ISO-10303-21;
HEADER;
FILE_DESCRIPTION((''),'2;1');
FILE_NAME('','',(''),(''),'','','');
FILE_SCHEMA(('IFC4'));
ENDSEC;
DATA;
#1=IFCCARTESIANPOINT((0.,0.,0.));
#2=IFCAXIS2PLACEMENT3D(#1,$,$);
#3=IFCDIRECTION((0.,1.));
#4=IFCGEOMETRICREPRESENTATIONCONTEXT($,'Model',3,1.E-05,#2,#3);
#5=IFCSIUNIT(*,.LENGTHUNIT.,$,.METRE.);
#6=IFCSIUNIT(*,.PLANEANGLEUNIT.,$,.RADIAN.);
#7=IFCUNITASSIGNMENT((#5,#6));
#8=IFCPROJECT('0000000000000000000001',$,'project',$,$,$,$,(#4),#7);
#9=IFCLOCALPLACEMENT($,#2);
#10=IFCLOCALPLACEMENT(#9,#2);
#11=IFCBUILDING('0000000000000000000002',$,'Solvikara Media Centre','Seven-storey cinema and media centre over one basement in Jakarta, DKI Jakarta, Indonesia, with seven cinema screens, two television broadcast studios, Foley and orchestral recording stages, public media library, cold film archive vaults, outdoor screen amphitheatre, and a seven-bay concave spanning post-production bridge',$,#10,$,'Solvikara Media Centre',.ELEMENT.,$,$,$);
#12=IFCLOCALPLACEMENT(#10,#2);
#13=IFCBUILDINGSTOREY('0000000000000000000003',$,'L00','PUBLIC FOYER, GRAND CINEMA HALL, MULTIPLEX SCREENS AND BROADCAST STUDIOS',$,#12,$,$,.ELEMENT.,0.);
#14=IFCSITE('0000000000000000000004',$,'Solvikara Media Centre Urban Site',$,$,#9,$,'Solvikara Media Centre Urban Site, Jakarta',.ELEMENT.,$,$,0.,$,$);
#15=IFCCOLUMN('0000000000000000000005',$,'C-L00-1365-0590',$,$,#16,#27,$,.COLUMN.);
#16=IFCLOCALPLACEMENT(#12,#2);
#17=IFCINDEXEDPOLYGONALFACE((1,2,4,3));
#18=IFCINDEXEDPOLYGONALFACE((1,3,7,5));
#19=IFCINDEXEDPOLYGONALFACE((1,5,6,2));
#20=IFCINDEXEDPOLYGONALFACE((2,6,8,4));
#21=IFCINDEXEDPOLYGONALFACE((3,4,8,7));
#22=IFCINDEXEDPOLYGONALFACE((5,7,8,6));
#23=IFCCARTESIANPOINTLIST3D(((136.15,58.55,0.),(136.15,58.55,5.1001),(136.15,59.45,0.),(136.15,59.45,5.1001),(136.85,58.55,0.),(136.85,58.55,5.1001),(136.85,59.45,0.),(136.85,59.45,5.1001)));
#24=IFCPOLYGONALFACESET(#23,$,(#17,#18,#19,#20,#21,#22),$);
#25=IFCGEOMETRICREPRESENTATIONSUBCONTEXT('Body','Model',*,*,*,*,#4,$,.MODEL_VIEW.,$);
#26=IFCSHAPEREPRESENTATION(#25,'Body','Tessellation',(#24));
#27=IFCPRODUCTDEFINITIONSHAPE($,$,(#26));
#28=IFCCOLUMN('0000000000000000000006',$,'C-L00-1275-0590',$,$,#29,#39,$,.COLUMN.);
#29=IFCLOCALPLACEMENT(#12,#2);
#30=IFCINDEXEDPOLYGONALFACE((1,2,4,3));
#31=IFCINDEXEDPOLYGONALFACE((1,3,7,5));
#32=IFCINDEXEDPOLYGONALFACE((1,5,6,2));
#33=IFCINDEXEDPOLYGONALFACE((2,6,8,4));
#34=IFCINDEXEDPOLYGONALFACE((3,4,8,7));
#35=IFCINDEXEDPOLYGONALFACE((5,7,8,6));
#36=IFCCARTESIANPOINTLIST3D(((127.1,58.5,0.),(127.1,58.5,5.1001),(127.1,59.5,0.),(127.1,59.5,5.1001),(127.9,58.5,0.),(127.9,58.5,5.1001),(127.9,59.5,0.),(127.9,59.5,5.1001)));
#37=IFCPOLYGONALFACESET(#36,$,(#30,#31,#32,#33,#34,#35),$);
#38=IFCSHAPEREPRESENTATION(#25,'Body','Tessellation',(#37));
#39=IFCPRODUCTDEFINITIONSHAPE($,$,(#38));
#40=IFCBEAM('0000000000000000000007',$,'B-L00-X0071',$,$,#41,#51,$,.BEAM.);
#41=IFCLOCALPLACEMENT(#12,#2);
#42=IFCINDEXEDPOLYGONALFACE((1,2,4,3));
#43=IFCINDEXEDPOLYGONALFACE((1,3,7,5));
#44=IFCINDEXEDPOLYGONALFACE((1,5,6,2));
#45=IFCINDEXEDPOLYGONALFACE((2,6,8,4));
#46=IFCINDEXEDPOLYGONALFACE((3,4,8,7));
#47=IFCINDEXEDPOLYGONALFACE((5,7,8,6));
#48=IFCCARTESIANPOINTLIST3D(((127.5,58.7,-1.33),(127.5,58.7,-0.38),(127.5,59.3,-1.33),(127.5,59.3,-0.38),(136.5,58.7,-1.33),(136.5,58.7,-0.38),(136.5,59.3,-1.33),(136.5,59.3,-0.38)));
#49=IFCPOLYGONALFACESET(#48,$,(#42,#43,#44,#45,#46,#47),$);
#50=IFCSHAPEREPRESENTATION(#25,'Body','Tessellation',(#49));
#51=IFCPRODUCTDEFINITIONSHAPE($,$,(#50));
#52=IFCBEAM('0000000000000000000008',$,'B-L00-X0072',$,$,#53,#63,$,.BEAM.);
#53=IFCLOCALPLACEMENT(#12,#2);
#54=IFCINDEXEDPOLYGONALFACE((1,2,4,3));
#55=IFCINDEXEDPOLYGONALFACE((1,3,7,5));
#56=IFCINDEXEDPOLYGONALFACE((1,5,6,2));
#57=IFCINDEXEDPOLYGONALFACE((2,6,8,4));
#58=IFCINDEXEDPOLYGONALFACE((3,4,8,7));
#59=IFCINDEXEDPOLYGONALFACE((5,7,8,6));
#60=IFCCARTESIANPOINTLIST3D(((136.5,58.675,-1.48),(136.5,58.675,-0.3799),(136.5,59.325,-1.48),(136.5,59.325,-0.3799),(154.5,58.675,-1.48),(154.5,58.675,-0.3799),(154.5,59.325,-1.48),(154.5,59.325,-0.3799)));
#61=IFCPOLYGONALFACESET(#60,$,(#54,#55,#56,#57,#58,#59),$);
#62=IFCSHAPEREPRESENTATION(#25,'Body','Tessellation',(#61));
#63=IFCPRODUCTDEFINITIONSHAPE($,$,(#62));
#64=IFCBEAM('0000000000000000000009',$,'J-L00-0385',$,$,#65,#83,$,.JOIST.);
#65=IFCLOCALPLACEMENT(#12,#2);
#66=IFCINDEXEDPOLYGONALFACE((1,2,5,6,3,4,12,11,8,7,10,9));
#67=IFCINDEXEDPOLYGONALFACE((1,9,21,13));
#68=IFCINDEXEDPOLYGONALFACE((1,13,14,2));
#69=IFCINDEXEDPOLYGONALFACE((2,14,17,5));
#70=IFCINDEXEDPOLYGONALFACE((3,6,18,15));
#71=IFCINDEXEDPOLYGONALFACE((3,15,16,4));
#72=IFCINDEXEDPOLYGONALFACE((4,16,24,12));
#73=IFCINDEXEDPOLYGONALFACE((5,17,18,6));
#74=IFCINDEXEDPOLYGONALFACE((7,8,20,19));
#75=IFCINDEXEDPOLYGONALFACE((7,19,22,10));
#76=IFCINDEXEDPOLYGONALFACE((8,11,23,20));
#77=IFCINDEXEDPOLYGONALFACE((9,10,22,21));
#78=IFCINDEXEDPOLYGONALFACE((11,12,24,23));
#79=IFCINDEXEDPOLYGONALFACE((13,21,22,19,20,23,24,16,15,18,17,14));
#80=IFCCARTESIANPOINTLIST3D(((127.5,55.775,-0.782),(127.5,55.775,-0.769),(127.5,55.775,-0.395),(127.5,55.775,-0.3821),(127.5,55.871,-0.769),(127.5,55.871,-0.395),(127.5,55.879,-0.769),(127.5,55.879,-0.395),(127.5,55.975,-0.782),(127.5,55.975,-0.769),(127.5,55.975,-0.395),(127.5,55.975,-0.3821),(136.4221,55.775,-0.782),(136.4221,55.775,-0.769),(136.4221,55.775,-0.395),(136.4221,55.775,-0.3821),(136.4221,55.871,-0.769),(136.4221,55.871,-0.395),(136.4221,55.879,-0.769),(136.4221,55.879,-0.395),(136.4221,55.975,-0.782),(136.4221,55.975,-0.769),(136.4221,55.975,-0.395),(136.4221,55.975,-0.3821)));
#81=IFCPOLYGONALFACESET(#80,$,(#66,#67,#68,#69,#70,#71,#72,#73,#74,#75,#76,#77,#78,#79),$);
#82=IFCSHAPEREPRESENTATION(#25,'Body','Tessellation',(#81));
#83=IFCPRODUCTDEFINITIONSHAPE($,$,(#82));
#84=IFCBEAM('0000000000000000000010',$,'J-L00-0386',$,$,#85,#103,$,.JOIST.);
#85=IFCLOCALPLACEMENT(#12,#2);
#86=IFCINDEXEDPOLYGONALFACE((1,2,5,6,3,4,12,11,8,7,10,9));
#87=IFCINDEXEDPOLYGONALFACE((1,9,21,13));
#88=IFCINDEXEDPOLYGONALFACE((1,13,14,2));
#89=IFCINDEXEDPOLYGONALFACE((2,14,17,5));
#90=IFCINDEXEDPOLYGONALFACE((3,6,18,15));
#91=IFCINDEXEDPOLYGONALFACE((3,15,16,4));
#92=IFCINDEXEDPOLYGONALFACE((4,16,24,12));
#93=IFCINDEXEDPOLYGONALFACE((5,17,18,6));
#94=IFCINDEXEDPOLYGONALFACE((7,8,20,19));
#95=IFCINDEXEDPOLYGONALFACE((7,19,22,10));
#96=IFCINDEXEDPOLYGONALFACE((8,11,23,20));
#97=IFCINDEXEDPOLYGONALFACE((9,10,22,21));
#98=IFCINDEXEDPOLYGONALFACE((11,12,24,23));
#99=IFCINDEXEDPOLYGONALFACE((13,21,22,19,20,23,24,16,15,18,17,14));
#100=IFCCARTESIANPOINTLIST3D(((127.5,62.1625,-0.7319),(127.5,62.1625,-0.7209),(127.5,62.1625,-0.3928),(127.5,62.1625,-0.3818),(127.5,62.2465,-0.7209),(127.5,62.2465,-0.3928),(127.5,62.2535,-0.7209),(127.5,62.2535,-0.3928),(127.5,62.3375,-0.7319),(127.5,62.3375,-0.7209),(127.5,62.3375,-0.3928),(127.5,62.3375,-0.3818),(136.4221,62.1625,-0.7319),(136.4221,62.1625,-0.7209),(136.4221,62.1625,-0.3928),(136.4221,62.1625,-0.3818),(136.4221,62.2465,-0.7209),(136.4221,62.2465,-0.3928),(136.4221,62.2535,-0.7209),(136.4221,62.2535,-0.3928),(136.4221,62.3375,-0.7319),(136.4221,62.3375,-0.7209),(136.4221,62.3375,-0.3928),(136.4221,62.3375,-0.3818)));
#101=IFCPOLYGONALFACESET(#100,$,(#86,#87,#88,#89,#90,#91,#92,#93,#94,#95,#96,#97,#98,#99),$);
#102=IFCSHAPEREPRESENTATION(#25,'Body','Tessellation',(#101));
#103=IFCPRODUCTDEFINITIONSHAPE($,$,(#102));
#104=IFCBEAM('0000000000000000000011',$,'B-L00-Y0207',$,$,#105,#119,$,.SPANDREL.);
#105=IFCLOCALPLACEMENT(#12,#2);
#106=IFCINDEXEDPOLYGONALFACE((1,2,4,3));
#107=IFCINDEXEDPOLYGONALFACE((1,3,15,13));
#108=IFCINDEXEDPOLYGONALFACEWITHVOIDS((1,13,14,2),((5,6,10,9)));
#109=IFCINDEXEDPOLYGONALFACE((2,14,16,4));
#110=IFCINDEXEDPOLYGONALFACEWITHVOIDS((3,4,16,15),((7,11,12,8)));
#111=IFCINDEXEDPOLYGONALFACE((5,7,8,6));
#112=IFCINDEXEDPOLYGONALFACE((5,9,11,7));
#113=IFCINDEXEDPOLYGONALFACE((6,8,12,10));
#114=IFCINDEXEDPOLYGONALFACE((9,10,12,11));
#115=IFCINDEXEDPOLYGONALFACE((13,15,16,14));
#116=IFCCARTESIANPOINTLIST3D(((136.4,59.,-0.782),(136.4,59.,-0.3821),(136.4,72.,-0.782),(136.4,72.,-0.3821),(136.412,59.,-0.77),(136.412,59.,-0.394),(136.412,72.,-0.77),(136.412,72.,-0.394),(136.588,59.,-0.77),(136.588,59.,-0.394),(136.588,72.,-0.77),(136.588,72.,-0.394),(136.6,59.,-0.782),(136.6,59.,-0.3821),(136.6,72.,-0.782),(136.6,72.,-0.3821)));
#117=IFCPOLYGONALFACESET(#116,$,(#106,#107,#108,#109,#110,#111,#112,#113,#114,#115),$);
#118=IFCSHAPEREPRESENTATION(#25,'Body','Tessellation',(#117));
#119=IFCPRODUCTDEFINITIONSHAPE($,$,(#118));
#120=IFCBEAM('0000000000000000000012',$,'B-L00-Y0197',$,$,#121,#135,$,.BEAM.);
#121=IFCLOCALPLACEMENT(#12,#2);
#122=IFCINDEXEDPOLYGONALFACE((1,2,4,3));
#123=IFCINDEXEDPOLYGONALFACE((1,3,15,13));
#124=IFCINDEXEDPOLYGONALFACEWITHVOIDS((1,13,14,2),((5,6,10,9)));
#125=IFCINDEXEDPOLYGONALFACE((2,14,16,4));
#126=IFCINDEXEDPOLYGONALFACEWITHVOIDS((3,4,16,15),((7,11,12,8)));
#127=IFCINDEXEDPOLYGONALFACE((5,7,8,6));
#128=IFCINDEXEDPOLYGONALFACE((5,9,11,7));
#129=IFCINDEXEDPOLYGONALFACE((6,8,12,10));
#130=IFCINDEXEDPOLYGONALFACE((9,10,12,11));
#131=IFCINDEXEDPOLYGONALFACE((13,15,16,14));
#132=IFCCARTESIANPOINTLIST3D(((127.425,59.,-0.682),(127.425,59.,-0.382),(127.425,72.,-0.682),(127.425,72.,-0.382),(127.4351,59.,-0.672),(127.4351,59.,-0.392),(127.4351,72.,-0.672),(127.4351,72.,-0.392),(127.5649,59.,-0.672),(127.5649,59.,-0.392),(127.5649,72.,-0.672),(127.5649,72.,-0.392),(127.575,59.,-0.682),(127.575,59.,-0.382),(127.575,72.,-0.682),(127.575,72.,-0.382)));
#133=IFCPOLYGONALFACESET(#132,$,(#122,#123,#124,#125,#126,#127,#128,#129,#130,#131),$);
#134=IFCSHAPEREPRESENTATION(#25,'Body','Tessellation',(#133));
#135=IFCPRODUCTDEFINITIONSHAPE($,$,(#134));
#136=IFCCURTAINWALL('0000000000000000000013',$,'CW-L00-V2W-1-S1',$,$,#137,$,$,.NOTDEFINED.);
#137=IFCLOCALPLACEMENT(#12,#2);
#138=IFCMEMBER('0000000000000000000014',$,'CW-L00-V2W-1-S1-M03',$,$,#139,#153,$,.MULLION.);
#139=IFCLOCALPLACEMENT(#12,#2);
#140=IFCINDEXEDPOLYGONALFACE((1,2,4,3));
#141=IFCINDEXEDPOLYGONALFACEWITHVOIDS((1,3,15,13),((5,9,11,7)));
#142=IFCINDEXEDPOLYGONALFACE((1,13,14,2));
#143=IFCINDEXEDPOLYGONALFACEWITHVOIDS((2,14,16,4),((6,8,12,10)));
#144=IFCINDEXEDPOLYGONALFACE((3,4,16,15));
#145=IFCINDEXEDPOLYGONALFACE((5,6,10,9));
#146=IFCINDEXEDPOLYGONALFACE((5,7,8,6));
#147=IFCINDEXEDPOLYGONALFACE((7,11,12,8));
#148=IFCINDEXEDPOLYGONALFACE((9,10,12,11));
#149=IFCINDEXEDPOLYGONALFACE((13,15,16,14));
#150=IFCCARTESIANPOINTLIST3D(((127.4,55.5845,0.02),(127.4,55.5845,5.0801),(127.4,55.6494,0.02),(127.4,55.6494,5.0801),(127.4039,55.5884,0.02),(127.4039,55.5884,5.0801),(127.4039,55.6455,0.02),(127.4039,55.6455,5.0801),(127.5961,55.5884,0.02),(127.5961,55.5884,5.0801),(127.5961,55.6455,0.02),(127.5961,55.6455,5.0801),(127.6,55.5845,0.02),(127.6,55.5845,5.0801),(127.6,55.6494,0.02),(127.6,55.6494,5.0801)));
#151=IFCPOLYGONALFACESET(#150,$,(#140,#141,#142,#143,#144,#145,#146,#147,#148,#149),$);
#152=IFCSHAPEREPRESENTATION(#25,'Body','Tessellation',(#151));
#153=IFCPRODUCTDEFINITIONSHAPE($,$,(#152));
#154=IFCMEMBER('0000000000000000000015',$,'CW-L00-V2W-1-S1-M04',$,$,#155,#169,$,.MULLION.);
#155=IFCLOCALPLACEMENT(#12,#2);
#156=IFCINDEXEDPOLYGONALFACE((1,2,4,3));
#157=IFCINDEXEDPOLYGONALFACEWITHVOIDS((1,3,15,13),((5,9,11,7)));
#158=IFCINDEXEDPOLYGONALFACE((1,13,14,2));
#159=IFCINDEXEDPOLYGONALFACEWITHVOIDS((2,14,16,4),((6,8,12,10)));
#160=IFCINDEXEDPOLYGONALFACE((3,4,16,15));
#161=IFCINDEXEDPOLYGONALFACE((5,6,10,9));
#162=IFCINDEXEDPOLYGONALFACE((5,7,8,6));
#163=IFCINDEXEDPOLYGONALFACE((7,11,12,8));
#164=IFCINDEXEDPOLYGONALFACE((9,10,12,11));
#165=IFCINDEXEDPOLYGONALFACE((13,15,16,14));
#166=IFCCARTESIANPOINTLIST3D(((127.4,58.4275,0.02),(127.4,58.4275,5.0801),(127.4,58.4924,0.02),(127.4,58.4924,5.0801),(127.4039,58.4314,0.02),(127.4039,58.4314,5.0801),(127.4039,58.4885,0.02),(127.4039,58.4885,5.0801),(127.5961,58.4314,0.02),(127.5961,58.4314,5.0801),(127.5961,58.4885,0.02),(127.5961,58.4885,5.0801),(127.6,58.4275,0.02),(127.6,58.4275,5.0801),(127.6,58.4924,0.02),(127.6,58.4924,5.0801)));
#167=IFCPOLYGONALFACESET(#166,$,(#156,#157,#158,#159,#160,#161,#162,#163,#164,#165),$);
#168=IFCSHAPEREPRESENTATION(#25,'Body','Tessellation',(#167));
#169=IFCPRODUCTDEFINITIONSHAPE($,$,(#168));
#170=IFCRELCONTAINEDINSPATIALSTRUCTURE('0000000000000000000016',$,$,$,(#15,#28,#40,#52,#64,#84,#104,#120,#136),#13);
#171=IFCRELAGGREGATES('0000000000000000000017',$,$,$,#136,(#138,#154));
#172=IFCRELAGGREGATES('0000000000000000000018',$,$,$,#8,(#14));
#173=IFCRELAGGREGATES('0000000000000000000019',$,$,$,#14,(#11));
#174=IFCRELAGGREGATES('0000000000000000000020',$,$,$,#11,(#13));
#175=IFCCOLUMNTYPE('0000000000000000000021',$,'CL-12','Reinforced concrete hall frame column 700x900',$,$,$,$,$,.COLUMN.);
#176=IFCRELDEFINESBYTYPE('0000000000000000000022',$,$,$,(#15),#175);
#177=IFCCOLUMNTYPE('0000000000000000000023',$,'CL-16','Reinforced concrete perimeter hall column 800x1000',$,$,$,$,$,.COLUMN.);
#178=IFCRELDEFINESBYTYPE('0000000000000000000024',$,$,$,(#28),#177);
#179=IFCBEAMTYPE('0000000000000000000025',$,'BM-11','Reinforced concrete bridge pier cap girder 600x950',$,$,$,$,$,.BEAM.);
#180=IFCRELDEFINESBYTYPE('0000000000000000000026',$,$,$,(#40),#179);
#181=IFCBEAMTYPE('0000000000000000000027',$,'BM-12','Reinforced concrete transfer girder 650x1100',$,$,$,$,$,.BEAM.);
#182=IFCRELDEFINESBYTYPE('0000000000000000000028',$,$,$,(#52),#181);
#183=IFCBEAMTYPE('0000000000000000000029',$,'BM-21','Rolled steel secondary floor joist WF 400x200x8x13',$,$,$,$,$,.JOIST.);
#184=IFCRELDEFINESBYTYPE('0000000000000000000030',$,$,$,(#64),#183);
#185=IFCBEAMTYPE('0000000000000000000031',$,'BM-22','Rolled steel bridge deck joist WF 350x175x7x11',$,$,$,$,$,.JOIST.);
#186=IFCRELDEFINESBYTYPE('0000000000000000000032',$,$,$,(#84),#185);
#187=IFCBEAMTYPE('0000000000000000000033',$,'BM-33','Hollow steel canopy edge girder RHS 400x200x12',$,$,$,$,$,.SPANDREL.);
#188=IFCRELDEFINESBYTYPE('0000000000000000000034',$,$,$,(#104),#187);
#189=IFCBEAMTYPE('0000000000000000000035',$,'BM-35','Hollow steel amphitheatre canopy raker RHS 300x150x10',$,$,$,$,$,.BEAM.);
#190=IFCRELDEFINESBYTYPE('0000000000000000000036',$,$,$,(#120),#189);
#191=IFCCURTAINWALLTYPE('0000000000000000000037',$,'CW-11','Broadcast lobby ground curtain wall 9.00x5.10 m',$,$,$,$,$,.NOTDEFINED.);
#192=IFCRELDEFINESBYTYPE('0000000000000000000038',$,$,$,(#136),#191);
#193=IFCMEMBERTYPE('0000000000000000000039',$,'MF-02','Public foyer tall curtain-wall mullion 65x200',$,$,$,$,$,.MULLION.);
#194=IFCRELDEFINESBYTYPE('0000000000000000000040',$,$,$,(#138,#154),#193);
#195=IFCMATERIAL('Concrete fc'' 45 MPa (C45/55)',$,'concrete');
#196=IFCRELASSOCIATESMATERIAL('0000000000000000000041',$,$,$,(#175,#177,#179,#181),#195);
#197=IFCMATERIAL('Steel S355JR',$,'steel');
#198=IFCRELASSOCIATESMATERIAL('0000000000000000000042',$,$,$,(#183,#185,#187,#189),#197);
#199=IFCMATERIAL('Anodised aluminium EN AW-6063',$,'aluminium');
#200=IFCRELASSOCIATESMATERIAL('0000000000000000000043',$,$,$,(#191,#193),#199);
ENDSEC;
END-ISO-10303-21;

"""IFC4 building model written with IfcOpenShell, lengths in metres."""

from ifc_helpers import new_model, si_unit, direction, frame, origin, origin_2d, place, context, subcontext, project, spatial, rectangle, hollow_rectangle, i_section, extrude, material, material_profile, profile_set, type_object, element, aggregate, save


model = new_model("IFC4")

# Units and contexts
model_context = context("Model", 3, precision=1e-05, world=origin(), true_north=direction((0.0, 1.0)))
body_context = subcontext(model_context, "Body", "Model", "MODEL_VIEW")
ifc_project = project(units=[si_unit("LENGTHUNIT", "METRE"), si_unit("PLANEANGLEUNIT", "RADIAN")], contexts=[model_context])

# Site, building, storey
site_placement = place(None, origin())
site = spatial("IfcSite", under=ifc_project, at=site_placement, Name="Solvikara Media Centre Urban Site", LongName="Solvikara Media Centre Urban Site, Jakarta", CompositionType="ELEMENT", RefElevation=0.0)
building_placement = place(site_placement, origin())
building = spatial("IfcBuilding", under=site, at=building_placement, Name="Solvikara Media Centre", Description="Seven-storey cinema and media centre over one basement in Jakarta, DKI Jakarta, Indonesia, with seven cinema screens, two television broadcast studios, Foley and orchestral recording stages, public media library, cold film archive vaults, outdoor screen amphitheatre, and a seven-bay concave spanning post-production bridge", LongName="Solvikara Media Centre", CompositionType="ELEMENT")
storey_placement = place(building_placement, origin())
storey = spatial("IfcBuildingStorey", under=building, at=storey_placement, Name="L00", Description="PUBLIC FOYER, GRAND CINEMA HALL, MULTIPLEX SCREENS AND BROADCAST STUDIOS", CompositionType="ELEMENT", Elevation=0.0)

# Columns
ifc_material_1 = material(Name="Concrete fc' 45 MPa (C45/55)", Category="concrete")
ifc_material_profile_1 = material_profile(ifc_material_1, rectangle(XDim=0.7, YDim=0.8999, at=origin_2d()), Name="RC 700x900")
ifc_profile_set_1 = profile_set([ifc_material_profile_1], Name="Concrete fc' 45 MPa (C45/55)")
column_type_1 = type_object("IfcColumnType", Name="CL-12", Description="Reinforced concrete hall frame column 700x900", PredefinedType="COLUMN", material=ifc_profile_set_1)
column_1_placement = place(storey_placement, frame((136.5, 59.0, 0.0), z_axis=(0.0, 0.0, 1.0), x_axis=(1.0, 0.0, 0.0)))
element("IfcColumn", 1, at=column_1_placement, inside=storey, type_object=column_type_1, Name="C-L00-1365-0590", PredefinedType="COLUMN", context=body_context, shape_type="SweptSolid", body=[
    extrude(rectangle(XDim=0.7, YDim=0.8999, at=origin_2d()), origin(), (0.0, 0.0, 1.0), 5.1001),
])
ifc_material_profile_2 = material_profile(ifc_material_1, rectangle(XDim=0.8, YDim=1.0, at=origin_2d()), Name="RC 800x1000")
ifc_profile_set_2 = profile_set([ifc_material_profile_2], Name="Concrete fc' 45 MPa (C45/55)")
column_type_2 = type_object("IfcColumnType", Name="CL-16", Description="Reinforced concrete perimeter hall column 800x1000", PredefinedType="COLUMN", material=ifc_profile_set_2)
column_2_placement = place(storey_placement, frame((127.5, 59.0, 0.0), z_axis=(0.0, 0.0, 1.0), x_axis=(1.0, 0.0, 0.0)))
element("IfcColumn", 2, at=column_2_placement, inside=storey, type_object=column_type_2, Name="C-L00-1275-0590", PredefinedType="COLUMN", context=body_context, shape_type="SweptSolid", body=[
    extrude(rectangle(XDim=0.8, YDim=1.0, at=origin_2d()), origin(), (0.0, 0.0, 1.0), 5.1001),
])

# Beams
ifc_material_profile_3 = material_profile(ifc_material_1, rectangle(XDim=0.6001, YDim=0.95, at=origin_2d()), Name="RC 600x950")
ifc_profile_set_3 = profile_set([ifc_material_profile_3], Name="Concrete fc' 45 MPa (C45/55)")
beam_type_1 = type_object("IfcBeamType", Name="BM-11", Description="Reinforced concrete bridge pier cap girder 600x950", PredefinedType="BEAM", material=ifc_profile_set_3)
beam_1_placement = place(storey_placement, frame((127.5, 59.0, -0.855), z_axis=(1.0, 0.0, 0.0), x_axis=(0.0, 1.0, 0.0)))
element("IfcBeam", 3, at=beam_1_placement, inside=storey, type_object=beam_type_1, Name="B-L00-X0071", PredefinedType="BEAM", context=body_context, shape_type="SweptSolid", body=[
    extrude(rectangle(XDim=0.6001, YDim=0.95, at=origin_2d()), origin(), (0.0, 0.0, 1.0), 9.0),
])
ifc_material_profile_4 = material_profile(ifc_material_1, rectangle(XDim=0.6499, YDim=1.1001, at=origin_2d()), Name="RC 650x1100")
ifc_profile_set_4 = profile_set([ifc_material_profile_4], Name="Concrete fc' 45 MPa (C45/55)")
beam_type_2 = type_object("IfcBeamType", Name="BM-12", Description="Reinforced concrete transfer girder 650x1100", PredefinedType="BEAM", material=ifc_profile_set_4)
beam_2_placement = place(storey_placement, frame((136.5, 59.0, -0.9299), z_axis=(1.0, 0.0, 0.0), x_axis=(0.0, 1.0, 0.0)))
element("IfcBeam", 4, at=beam_2_placement, inside=storey, type_object=beam_type_2, Name="B-L00-X0072", PredefinedType="BEAM", context=body_context, shape_type="SweptSolid", body=[
    extrude(rectangle(XDim=0.6499, YDim=1.1001, at=origin_2d()), origin(), (0.0, 0.0, 1.0), 18.0),
])
ifc_material_2 = material(Name="Steel S355JR", Category="steel")
ifc_material_profile_5 = material_profile(ifc_material_2, i_section(OverallWidth=0.2, OverallDepth=0.3999, WebThickness=0.0081, FlangeThickness=0.0129, at=origin_2d()), Name="WF 400x200x8x13")
ifc_profile_set_5 = profile_set([ifc_material_profile_5], Name="Steel S355JR")
beam_type_3 = type_object("IfcBeamType", Name="BM-21", Description="Rolled steel secondary floor joist WF 400x200x8x13", PredefinedType="JOIST", material=ifc_profile_set_5)
beam_3_placement = place(storey_placement, frame((127.5, 55.875, -0.582), z_axis=(1.0, 0.0, 0.0), x_axis=(0.0, 1.0, 0.0)))
element("IfcBeam", 5, at=beam_3_placement, inside=storey, type_object=beam_type_3, Name="J-L00-0385", PredefinedType="JOIST", context=body_context, shape_type="SweptSolid", body=[
    extrude(i_section(OverallWidth=0.2, OverallDepth=0.3999, WebThickness=0.0081, FlangeThickness=0.0129, at=origin_2d()), origin(), (0.0, 0.0, 1.0), 8.9221),
])
ifc_material_profile_6 = material_profile(ifc_material_2, i_section(OverallWidth=0.175, OverallDepth=0.3501, WebThickness=0.0071, FlangeThickness=0.011, at=origin_2d()), Name="WF 350x175x7x11")
ifc_profile_set_6 = profile_set([ifc_material_profile_6], Name="Steel S355JR")
beam_type_4 = type_object("IfcBeamType", Name="BM-22", Description="Rolled steel bridge deck joist WF 350x175x7x11", PredefinedType="JOIST", material=ifc_profile_set_6)
beam_4_placement = place(storey_placement, frame((127.5, 62.25, -0.5569), z_axis=(1.0, 0.0, 0.0), x_axis=(0.0, 1.0, 0.0)))
element("IfcBeam", 6, at=beam_4_placement, inside=storey, type_object=beam_type_4, Name="J-L00-0386", PredefinedType="JOIST", context=body_context, shape_type="SweptSolid", body=[
    extrude(i_section(OverallWidth=0.175, OverallDepth=0.3501, WebThickness=0.0071, FlangeThickness=0.011, at=origin_2d()), origin(), (0.0, 0.0, 1.0), 8.9221),
])
ifc_material_profile_7 = material_profile(ifc_material_2, hollow_rectangle(XDim=0.2, YDim=0.3999, WallThickness=0.012, at=origin_2d()), Name="RHS 400x200x12")
ifc_profile_set_7 = profile_set([ifc_material_profile_7], Name="Steel S355JR")
beam_type_5 = type_object("IfcBeamType", Name="BM-33", Description="Hollow steel canopy edge girder RHS 400x200x12", PredefinedType="SPANDREL", material=ifc_profile_set_7)
beam_5_placement = place(storey_placement, frame((136.5, 59.0, -0.582), z_axis=(0.0, 1.0, 0.0), x_axis=(-1.0, 0.0, 0.0)))
element("IfcBeam", 7, at=beam_5_placement, inside=storey, type_object=beam_type_5, Name="B-L00-Y0207", PredefinedType="SPANDREL", context=body_context, shape_type="SweptSolid", body=[
    extrude(hollow_rectangle(XDim=0.2, YDim=0.3999, WallThickness=0.012, at=origin_2d()), origin(), (0.0, 0.0, 1.0), 13.0),
])
ifc_material_profile_8 = material_profile(ifc_material_2, hollow_rectangle(XDim=0.1499, YDim=0.3, WallThickness=0.01, at=origin_2d()), Name="RHS 300x150x10")
ifc_profile_set_8 = profile_set([ifc_material_profile_8], Name="Steel S355JR")
beam_type_6 = type_object("IfcBeamType", Name="BM-35", Description="Hollow steel amphitheatre canopy raker RHS 300x150x10", PredefinedType="BEAM", material=ifc_profile_set_8)
beam_6_placement = place(storey_placement, frame((127.5, 59.0, -0.532), z_axis=(0.0, 1.0, 0.0), x_axis=(-1.0, 0.0, 0.0)))
element("IfcBeam", 8, at=beam_6_placement, inside=storey, type_object=beam_type_6, Name="B-L00-Y0197", PredefinedType="BEAM", context=body_context, shape_type="SweptSolid", body=[
    extrude(hollow_rectangle(XDim=0.1499, YDim=0.3, WallThickness=0.01, at=origin_2d()), origin(), (0.0, 0.0, 1.0), 13.0),
])

# Curtain wall, members
ifc_material_3 = material(Name="Anodised aluminium EN AW-6063", Category="aluminium")
curtain_wall_type = type_object("IfcCurtainWallType", Name="CW-11", Description="Broadcast lobby ground curtain wall 9.00x5.10 m", PredefinedType="NOTDEFINED", material=ifc_material_3)
curtain_wall_1_placement = place(storey_placement, origin())
curtain_wall_1 = element("IfcCurtainWall", 9, at=curtain_wall_1_placement, inside=storey, type_object=curtain_wall_type, Name="CW-L00-V2W-1-S1", PredefinedType="NOTDEFINED")
ifc_material_profile_9 = material_profile(ifc_material_3, hollow_rectangle(XDim=0.0649, YDim=0.2, WallThickness=0.0039, at=origin_2d()), Name="ALU-M 65x200x4")
ifc_profile_set_9 = profile_set([ifc_material_profile_9], Name="Anodised aluminium EN AW-6063")
member_type_1 = type_object("IfcMemberType", Name="MF-02", Description="Public foyer tall curtain-wall mullion 65x200", PredefinedType="MULLION", material=ifc_profile_set_9)
member_1_placement = place(storey_placement, frame((127.5, 55.6169, 0.02), z_axis=(0.0, 0.0, 1.0), x_axis=(0.0, 1.0, 0.0)))
member_1 = element("IfcMember", 10, at=member_1_placement, type_object=member_type_1, Name="CW-L00-V2W-1-S1-M03", PredefinedType="MULLION", context=body_context, shape_type="SweptSolid", body=[
    extrude(hollow_rectangle(XDim=0.0649, YDim=0.2, WallThickness=0.0039, at=origin_2d()), origin(), (0.0, 0.0, 1.0), 5.0601),
])
member_2_placement = place(storey_placement, frame((127.5, 58.46, 0.02), z_axis=(0.0, 0.0, 1.0), x_axis=(0.0, 1.0, 0.0)))
member_2 = element("IfcMember", 11, at=member_2_placement, type_object=member_type_1, Name="CW-L00-V2W-1-S1-M04", PredefinedType="MULLION", context=body_context, shape_type="SweptSolid", body=[
    extrude(hollow_rectangle(XDim=0.0649, YDim=0.2, WallThickness=0.0039, at=origin_2d()), origin(), (0.0, 0.0, 1.0), 5.0601),
])

aggregate(curtain_wall_1, [member_1, member_2])

save(model, "model.ifc")
